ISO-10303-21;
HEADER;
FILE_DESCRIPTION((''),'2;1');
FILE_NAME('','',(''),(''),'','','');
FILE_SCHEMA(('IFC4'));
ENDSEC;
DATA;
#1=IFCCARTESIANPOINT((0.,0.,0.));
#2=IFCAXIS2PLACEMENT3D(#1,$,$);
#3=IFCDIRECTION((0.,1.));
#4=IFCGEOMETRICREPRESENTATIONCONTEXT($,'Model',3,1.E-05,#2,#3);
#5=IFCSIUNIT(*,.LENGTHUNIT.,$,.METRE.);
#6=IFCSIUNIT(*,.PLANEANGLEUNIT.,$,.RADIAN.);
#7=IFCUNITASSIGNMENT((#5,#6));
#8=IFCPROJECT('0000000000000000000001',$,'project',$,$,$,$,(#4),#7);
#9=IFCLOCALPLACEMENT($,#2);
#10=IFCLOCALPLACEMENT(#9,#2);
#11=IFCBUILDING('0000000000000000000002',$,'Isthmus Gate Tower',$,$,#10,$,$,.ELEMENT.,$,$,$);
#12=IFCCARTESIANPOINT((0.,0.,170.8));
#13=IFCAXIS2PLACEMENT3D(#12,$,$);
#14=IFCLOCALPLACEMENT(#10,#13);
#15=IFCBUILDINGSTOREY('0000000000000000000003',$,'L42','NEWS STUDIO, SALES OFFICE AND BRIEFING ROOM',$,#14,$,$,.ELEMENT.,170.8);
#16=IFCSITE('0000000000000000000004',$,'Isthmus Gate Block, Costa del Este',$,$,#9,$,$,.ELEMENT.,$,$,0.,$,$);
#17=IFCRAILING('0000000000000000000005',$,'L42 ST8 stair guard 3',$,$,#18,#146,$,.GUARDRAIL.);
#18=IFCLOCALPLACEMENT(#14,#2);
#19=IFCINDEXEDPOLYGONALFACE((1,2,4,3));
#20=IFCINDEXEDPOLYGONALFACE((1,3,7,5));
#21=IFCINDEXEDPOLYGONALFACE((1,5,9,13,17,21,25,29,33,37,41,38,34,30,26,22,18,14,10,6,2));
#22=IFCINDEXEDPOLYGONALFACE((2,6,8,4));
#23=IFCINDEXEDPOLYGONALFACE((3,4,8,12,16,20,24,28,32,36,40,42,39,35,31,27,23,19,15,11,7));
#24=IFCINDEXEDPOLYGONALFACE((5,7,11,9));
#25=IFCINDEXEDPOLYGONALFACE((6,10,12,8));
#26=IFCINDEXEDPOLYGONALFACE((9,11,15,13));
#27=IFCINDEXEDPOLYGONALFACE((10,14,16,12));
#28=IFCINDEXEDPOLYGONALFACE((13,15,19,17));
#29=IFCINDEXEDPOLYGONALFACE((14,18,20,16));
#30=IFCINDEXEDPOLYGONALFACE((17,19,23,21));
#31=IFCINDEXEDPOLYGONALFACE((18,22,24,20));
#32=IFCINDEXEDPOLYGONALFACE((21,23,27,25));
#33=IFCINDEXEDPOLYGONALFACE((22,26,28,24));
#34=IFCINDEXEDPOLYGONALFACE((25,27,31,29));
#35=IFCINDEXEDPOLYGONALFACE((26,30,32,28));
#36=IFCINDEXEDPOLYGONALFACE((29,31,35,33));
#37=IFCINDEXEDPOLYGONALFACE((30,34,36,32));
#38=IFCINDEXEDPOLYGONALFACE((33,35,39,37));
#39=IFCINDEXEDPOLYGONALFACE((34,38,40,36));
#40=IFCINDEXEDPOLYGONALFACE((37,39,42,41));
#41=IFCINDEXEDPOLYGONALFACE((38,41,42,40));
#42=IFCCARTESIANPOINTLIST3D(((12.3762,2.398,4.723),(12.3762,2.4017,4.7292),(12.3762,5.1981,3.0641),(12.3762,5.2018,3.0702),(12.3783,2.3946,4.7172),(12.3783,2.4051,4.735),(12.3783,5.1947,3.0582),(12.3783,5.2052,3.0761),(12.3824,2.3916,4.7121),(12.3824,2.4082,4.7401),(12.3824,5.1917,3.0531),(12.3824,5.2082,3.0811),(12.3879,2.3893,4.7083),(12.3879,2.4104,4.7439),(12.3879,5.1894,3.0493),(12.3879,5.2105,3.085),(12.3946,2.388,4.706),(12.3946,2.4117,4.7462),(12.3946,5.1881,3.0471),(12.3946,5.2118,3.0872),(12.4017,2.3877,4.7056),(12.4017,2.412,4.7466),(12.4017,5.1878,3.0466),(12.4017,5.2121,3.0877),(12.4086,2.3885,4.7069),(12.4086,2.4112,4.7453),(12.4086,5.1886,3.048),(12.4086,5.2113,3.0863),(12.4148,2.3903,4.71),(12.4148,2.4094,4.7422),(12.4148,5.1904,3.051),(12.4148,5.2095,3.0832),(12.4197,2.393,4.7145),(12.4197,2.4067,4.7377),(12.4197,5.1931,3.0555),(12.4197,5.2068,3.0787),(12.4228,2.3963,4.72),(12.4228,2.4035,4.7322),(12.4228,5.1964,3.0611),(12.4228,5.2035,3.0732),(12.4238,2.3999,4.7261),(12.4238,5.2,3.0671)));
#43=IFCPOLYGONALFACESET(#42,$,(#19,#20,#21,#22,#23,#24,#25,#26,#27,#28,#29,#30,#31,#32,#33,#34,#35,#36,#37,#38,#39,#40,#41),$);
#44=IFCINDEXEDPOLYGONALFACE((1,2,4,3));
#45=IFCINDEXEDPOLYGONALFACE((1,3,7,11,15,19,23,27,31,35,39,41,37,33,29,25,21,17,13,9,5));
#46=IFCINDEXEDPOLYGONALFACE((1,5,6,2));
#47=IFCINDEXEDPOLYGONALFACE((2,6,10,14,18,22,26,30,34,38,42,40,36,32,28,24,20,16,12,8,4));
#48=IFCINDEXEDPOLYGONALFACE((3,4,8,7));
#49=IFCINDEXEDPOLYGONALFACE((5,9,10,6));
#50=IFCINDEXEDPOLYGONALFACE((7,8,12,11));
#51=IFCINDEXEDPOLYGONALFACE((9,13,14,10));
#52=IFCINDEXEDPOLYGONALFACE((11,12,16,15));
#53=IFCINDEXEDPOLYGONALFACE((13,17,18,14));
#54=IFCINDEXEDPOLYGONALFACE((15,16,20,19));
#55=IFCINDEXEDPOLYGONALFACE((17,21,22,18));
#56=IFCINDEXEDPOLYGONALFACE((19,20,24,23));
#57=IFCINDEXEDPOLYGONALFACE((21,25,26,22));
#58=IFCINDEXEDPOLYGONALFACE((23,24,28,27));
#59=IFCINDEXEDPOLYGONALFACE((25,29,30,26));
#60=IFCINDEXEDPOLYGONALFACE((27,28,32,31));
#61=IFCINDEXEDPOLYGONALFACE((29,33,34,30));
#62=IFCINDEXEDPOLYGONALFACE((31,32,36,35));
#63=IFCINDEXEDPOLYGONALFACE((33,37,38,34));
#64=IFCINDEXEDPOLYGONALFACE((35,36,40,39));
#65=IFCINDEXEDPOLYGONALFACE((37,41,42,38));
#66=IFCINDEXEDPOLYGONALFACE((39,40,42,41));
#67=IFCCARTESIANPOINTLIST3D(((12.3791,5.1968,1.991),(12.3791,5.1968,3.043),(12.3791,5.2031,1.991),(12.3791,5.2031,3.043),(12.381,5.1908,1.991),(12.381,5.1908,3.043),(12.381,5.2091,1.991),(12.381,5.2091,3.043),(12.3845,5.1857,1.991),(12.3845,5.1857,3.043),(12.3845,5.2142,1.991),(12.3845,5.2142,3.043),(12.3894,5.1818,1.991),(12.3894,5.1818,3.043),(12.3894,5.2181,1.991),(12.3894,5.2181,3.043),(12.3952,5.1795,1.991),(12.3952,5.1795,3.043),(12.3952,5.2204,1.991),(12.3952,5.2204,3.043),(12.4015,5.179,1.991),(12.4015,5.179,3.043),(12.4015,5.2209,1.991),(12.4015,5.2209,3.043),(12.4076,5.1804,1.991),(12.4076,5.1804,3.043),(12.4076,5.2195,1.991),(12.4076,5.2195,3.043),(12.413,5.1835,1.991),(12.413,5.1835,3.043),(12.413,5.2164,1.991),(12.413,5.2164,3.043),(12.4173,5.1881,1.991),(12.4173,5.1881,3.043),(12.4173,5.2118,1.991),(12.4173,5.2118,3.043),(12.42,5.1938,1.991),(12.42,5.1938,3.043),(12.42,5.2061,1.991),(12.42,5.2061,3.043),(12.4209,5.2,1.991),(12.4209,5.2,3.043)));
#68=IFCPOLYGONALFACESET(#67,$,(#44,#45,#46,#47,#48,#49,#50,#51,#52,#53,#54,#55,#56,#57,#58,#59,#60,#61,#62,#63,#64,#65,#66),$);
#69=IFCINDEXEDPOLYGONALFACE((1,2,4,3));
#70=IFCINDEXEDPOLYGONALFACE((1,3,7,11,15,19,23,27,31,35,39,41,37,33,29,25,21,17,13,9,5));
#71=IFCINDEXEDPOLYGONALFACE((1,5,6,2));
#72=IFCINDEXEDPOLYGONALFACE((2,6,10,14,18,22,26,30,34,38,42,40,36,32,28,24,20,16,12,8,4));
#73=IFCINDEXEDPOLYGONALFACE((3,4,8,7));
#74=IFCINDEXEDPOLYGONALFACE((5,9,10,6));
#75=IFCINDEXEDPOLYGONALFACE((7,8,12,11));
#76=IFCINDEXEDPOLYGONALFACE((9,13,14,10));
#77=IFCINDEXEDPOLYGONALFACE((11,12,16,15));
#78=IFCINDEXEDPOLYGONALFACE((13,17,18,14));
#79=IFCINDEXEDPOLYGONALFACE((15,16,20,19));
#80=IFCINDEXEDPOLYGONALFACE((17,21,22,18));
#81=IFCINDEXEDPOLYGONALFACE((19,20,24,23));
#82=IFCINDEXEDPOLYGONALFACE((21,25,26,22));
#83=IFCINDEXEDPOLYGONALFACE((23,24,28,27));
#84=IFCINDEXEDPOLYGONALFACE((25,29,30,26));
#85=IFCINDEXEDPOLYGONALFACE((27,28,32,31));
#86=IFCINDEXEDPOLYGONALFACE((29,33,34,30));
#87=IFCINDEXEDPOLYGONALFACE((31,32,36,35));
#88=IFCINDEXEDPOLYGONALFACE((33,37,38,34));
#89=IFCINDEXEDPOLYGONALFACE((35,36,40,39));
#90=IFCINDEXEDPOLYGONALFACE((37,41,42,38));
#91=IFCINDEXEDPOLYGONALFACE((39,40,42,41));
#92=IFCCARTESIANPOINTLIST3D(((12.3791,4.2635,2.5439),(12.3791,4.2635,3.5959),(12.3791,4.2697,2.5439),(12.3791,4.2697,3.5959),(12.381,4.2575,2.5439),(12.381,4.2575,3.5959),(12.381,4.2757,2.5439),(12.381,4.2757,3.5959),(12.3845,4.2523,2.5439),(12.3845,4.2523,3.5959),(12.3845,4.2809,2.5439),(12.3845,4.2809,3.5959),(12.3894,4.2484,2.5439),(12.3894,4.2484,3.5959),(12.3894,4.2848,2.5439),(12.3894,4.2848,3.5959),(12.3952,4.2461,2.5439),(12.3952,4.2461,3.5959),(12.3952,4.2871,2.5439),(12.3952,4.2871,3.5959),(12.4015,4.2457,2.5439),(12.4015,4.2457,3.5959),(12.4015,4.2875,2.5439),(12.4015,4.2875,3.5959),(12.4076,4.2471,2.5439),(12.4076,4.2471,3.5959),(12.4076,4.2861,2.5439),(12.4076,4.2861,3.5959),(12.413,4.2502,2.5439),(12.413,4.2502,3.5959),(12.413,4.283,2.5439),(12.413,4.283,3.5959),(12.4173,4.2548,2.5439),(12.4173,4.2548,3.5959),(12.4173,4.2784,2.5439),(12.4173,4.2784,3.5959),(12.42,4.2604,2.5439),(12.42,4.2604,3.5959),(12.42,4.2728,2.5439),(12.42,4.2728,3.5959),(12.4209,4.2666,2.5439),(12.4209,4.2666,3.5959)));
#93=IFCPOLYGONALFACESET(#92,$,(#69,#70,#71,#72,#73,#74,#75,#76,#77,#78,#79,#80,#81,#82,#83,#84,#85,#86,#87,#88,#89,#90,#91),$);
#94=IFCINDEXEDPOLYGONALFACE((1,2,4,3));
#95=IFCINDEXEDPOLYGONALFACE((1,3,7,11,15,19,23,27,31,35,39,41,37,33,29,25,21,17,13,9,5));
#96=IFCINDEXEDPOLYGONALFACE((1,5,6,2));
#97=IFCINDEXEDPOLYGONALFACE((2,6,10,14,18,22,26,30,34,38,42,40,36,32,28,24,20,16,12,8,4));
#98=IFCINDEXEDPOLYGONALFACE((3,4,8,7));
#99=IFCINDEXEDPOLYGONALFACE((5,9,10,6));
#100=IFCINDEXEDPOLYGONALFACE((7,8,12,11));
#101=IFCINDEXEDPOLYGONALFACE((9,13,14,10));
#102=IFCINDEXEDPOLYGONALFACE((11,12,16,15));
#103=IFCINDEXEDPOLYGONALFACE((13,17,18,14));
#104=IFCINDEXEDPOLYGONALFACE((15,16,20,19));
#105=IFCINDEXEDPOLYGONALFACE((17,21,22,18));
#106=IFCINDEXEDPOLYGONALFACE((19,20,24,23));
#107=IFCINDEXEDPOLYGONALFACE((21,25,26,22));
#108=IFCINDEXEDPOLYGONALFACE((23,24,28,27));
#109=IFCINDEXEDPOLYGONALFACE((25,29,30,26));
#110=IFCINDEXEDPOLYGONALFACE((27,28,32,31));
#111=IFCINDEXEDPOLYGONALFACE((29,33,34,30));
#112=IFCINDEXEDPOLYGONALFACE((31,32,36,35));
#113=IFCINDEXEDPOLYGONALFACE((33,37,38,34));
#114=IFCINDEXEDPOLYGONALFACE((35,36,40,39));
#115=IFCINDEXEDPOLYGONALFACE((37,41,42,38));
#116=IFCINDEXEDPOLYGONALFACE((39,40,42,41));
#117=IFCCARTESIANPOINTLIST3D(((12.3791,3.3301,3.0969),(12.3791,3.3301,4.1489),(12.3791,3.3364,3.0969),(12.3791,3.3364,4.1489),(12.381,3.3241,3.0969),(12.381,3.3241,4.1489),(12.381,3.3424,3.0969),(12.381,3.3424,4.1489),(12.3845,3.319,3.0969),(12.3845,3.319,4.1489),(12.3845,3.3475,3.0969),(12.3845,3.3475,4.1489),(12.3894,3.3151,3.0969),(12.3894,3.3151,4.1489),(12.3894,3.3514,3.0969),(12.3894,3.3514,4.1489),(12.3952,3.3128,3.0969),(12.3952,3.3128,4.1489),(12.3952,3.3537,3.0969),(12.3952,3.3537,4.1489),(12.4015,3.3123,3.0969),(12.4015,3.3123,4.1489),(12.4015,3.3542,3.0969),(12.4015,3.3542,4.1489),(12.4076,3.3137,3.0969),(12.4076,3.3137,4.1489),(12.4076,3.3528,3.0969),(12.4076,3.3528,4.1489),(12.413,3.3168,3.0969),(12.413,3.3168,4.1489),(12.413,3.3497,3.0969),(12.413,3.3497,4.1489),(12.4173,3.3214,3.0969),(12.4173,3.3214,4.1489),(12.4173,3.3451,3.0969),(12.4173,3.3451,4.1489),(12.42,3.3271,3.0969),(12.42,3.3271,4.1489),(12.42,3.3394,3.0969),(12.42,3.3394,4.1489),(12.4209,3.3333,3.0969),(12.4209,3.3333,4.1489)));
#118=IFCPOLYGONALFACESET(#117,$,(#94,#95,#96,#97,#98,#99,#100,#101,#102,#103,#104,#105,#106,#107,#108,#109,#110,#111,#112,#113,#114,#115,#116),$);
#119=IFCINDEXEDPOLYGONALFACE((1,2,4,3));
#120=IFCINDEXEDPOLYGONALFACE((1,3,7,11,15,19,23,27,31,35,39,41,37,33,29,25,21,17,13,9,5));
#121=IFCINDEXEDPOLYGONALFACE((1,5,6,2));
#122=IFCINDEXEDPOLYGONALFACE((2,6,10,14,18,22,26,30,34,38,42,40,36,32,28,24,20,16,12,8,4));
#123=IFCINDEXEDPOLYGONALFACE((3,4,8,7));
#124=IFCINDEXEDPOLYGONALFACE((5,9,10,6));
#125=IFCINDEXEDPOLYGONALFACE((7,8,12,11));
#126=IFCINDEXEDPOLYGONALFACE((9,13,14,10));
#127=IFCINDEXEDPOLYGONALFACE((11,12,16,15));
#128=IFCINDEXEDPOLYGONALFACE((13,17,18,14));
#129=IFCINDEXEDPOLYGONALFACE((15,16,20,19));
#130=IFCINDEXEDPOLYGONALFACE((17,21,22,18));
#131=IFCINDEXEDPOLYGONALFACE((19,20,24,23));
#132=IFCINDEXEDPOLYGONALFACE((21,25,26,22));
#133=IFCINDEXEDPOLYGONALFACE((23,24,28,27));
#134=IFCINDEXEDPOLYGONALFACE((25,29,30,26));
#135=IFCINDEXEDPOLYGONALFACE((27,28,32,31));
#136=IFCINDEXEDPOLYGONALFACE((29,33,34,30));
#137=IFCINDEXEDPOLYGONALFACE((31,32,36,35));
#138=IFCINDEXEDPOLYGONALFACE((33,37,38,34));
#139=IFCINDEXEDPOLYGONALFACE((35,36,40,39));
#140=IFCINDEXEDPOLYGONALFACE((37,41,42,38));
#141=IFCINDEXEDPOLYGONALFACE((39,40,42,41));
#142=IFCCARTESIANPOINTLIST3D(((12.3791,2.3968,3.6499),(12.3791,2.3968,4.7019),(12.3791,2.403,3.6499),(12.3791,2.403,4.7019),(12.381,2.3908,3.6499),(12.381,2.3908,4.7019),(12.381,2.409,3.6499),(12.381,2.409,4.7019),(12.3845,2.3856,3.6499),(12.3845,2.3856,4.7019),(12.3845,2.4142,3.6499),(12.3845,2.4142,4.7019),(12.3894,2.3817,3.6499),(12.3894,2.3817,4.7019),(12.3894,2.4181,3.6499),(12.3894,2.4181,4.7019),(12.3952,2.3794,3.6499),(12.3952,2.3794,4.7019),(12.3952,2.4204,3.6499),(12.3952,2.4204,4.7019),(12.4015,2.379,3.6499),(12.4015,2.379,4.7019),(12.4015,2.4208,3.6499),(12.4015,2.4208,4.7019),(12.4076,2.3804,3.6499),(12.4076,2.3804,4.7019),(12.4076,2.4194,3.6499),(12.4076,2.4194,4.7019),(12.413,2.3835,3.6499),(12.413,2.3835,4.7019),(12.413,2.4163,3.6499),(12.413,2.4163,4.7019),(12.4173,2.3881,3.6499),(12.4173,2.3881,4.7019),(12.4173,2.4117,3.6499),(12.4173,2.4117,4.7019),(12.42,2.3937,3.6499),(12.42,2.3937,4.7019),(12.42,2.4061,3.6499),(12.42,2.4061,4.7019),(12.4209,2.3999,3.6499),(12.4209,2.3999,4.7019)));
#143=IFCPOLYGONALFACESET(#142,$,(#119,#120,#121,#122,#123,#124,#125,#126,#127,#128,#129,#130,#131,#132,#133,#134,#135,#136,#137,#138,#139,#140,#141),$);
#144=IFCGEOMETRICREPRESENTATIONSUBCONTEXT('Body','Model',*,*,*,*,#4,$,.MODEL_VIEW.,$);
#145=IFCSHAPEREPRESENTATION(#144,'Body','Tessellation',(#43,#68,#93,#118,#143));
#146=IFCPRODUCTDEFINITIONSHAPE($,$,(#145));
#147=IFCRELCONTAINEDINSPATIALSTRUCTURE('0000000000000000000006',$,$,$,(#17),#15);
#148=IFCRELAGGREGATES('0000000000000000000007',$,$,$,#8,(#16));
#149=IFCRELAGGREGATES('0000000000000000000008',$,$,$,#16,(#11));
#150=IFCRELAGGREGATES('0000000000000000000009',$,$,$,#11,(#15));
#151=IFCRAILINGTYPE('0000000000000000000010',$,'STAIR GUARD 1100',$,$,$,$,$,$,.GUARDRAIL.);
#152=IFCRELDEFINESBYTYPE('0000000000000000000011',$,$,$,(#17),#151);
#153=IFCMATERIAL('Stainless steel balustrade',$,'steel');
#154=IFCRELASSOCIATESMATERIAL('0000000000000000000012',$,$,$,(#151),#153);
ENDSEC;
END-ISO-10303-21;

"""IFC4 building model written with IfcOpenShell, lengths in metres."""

from ifc_helpers import new_model, si_unit, direction, frame, origin, origin_2d, place, context, subcontext, project, spatial, circle, extrude, material, type_object, element, save


model = new_model("IFC4")

# Units and contexts
model_context = context("Model", 3, precision=1e-05, world=origin(), true_north=direction((0.0, 1.0)))
body_context = subcontext(model_context, "Body", "Model", "MODEL_VIEW")
ifc_project = project(units=[si_unit("LENGTHUNIT", "METRE"), si_unit("PLANEANGLEUNIT", "RADIAN")], contexts=[model_context])

# Site, building, storey
site_placement = place(None, origin())
site = spatial("IfcSite", under=ifc_project, at=site_placement, Name="Isthmus Gate Block, Costa del Este", CompositionType="ELEMENT", RefElevation=0.0)
building_placement = place(site_placement, origin())
building = spatial("IfcBuilding", under=site, at=building_placement, Name="Isthmus Gate Tower", CompositionType="ELEMENT")
storey_placement = place(building_placement, frame((0.0, 0.0, 170.8)))
storey = spatial("IfcBuildingStorey", under=building, at=storey_placement, Name="L42", Description="NEWS STUDIO, SALES OFFICE AND BRIEFING ROOM", CompositionType="ELEMENT", Elevation=170.8)

# Railing
ifc_material_1 = material(Name="Stainless steel balustrade", Category="steel")
railing_type_1 = type_object("IfcRailingType", Name="STAIR GUARD 1100", PredefinedType="GUARDRAIL", material=ifc_material_1)
railing_1_placement = place(storey_placement, frame((12.3999, 5.2, 1.991)))
element("IfcRailing", 1, at=railing_1_placement, inside=storey, type_object=railing_type_1, Name="L42 ST8 stair guard 3", PredefinedType="GUARDRAIL", context=body_context, shape_type="SweptSolid", body=[
    extrude(circle(Radius=0.0239, at=origin_2d()), frame((0.0, 0.0, 1.0762), z_axis=(0.0, -0.860339, 0.509722), x_axis=(1.0, 0.0, 0.0)), (0.0, 0.0, 1.0), 3.2546),
    extrude(circle(Radius=0.021, at=origin_2d()), origin(), (0.0, 0.0, 1.0), 1.052),
    extrude(circle(Radius=0.021, at=origin_2d()), frame((0.0, -0.9333, 0.553)), (0.0, 0.0, 1.0), 1.052),
    extrude(circle(Radius=0.021, at=origin_2d()), frame((0.0, -1.8667, 1.106)), (0.0, 0.0, 1.0), 1.052),
    extrude(circle(Radius=0.021, at=origin_2d()), frame((0.0, -2.8, 1.6589)), (0.0, 0.0, 1.0), 1.052),
])

save(model, "model.ifc")
